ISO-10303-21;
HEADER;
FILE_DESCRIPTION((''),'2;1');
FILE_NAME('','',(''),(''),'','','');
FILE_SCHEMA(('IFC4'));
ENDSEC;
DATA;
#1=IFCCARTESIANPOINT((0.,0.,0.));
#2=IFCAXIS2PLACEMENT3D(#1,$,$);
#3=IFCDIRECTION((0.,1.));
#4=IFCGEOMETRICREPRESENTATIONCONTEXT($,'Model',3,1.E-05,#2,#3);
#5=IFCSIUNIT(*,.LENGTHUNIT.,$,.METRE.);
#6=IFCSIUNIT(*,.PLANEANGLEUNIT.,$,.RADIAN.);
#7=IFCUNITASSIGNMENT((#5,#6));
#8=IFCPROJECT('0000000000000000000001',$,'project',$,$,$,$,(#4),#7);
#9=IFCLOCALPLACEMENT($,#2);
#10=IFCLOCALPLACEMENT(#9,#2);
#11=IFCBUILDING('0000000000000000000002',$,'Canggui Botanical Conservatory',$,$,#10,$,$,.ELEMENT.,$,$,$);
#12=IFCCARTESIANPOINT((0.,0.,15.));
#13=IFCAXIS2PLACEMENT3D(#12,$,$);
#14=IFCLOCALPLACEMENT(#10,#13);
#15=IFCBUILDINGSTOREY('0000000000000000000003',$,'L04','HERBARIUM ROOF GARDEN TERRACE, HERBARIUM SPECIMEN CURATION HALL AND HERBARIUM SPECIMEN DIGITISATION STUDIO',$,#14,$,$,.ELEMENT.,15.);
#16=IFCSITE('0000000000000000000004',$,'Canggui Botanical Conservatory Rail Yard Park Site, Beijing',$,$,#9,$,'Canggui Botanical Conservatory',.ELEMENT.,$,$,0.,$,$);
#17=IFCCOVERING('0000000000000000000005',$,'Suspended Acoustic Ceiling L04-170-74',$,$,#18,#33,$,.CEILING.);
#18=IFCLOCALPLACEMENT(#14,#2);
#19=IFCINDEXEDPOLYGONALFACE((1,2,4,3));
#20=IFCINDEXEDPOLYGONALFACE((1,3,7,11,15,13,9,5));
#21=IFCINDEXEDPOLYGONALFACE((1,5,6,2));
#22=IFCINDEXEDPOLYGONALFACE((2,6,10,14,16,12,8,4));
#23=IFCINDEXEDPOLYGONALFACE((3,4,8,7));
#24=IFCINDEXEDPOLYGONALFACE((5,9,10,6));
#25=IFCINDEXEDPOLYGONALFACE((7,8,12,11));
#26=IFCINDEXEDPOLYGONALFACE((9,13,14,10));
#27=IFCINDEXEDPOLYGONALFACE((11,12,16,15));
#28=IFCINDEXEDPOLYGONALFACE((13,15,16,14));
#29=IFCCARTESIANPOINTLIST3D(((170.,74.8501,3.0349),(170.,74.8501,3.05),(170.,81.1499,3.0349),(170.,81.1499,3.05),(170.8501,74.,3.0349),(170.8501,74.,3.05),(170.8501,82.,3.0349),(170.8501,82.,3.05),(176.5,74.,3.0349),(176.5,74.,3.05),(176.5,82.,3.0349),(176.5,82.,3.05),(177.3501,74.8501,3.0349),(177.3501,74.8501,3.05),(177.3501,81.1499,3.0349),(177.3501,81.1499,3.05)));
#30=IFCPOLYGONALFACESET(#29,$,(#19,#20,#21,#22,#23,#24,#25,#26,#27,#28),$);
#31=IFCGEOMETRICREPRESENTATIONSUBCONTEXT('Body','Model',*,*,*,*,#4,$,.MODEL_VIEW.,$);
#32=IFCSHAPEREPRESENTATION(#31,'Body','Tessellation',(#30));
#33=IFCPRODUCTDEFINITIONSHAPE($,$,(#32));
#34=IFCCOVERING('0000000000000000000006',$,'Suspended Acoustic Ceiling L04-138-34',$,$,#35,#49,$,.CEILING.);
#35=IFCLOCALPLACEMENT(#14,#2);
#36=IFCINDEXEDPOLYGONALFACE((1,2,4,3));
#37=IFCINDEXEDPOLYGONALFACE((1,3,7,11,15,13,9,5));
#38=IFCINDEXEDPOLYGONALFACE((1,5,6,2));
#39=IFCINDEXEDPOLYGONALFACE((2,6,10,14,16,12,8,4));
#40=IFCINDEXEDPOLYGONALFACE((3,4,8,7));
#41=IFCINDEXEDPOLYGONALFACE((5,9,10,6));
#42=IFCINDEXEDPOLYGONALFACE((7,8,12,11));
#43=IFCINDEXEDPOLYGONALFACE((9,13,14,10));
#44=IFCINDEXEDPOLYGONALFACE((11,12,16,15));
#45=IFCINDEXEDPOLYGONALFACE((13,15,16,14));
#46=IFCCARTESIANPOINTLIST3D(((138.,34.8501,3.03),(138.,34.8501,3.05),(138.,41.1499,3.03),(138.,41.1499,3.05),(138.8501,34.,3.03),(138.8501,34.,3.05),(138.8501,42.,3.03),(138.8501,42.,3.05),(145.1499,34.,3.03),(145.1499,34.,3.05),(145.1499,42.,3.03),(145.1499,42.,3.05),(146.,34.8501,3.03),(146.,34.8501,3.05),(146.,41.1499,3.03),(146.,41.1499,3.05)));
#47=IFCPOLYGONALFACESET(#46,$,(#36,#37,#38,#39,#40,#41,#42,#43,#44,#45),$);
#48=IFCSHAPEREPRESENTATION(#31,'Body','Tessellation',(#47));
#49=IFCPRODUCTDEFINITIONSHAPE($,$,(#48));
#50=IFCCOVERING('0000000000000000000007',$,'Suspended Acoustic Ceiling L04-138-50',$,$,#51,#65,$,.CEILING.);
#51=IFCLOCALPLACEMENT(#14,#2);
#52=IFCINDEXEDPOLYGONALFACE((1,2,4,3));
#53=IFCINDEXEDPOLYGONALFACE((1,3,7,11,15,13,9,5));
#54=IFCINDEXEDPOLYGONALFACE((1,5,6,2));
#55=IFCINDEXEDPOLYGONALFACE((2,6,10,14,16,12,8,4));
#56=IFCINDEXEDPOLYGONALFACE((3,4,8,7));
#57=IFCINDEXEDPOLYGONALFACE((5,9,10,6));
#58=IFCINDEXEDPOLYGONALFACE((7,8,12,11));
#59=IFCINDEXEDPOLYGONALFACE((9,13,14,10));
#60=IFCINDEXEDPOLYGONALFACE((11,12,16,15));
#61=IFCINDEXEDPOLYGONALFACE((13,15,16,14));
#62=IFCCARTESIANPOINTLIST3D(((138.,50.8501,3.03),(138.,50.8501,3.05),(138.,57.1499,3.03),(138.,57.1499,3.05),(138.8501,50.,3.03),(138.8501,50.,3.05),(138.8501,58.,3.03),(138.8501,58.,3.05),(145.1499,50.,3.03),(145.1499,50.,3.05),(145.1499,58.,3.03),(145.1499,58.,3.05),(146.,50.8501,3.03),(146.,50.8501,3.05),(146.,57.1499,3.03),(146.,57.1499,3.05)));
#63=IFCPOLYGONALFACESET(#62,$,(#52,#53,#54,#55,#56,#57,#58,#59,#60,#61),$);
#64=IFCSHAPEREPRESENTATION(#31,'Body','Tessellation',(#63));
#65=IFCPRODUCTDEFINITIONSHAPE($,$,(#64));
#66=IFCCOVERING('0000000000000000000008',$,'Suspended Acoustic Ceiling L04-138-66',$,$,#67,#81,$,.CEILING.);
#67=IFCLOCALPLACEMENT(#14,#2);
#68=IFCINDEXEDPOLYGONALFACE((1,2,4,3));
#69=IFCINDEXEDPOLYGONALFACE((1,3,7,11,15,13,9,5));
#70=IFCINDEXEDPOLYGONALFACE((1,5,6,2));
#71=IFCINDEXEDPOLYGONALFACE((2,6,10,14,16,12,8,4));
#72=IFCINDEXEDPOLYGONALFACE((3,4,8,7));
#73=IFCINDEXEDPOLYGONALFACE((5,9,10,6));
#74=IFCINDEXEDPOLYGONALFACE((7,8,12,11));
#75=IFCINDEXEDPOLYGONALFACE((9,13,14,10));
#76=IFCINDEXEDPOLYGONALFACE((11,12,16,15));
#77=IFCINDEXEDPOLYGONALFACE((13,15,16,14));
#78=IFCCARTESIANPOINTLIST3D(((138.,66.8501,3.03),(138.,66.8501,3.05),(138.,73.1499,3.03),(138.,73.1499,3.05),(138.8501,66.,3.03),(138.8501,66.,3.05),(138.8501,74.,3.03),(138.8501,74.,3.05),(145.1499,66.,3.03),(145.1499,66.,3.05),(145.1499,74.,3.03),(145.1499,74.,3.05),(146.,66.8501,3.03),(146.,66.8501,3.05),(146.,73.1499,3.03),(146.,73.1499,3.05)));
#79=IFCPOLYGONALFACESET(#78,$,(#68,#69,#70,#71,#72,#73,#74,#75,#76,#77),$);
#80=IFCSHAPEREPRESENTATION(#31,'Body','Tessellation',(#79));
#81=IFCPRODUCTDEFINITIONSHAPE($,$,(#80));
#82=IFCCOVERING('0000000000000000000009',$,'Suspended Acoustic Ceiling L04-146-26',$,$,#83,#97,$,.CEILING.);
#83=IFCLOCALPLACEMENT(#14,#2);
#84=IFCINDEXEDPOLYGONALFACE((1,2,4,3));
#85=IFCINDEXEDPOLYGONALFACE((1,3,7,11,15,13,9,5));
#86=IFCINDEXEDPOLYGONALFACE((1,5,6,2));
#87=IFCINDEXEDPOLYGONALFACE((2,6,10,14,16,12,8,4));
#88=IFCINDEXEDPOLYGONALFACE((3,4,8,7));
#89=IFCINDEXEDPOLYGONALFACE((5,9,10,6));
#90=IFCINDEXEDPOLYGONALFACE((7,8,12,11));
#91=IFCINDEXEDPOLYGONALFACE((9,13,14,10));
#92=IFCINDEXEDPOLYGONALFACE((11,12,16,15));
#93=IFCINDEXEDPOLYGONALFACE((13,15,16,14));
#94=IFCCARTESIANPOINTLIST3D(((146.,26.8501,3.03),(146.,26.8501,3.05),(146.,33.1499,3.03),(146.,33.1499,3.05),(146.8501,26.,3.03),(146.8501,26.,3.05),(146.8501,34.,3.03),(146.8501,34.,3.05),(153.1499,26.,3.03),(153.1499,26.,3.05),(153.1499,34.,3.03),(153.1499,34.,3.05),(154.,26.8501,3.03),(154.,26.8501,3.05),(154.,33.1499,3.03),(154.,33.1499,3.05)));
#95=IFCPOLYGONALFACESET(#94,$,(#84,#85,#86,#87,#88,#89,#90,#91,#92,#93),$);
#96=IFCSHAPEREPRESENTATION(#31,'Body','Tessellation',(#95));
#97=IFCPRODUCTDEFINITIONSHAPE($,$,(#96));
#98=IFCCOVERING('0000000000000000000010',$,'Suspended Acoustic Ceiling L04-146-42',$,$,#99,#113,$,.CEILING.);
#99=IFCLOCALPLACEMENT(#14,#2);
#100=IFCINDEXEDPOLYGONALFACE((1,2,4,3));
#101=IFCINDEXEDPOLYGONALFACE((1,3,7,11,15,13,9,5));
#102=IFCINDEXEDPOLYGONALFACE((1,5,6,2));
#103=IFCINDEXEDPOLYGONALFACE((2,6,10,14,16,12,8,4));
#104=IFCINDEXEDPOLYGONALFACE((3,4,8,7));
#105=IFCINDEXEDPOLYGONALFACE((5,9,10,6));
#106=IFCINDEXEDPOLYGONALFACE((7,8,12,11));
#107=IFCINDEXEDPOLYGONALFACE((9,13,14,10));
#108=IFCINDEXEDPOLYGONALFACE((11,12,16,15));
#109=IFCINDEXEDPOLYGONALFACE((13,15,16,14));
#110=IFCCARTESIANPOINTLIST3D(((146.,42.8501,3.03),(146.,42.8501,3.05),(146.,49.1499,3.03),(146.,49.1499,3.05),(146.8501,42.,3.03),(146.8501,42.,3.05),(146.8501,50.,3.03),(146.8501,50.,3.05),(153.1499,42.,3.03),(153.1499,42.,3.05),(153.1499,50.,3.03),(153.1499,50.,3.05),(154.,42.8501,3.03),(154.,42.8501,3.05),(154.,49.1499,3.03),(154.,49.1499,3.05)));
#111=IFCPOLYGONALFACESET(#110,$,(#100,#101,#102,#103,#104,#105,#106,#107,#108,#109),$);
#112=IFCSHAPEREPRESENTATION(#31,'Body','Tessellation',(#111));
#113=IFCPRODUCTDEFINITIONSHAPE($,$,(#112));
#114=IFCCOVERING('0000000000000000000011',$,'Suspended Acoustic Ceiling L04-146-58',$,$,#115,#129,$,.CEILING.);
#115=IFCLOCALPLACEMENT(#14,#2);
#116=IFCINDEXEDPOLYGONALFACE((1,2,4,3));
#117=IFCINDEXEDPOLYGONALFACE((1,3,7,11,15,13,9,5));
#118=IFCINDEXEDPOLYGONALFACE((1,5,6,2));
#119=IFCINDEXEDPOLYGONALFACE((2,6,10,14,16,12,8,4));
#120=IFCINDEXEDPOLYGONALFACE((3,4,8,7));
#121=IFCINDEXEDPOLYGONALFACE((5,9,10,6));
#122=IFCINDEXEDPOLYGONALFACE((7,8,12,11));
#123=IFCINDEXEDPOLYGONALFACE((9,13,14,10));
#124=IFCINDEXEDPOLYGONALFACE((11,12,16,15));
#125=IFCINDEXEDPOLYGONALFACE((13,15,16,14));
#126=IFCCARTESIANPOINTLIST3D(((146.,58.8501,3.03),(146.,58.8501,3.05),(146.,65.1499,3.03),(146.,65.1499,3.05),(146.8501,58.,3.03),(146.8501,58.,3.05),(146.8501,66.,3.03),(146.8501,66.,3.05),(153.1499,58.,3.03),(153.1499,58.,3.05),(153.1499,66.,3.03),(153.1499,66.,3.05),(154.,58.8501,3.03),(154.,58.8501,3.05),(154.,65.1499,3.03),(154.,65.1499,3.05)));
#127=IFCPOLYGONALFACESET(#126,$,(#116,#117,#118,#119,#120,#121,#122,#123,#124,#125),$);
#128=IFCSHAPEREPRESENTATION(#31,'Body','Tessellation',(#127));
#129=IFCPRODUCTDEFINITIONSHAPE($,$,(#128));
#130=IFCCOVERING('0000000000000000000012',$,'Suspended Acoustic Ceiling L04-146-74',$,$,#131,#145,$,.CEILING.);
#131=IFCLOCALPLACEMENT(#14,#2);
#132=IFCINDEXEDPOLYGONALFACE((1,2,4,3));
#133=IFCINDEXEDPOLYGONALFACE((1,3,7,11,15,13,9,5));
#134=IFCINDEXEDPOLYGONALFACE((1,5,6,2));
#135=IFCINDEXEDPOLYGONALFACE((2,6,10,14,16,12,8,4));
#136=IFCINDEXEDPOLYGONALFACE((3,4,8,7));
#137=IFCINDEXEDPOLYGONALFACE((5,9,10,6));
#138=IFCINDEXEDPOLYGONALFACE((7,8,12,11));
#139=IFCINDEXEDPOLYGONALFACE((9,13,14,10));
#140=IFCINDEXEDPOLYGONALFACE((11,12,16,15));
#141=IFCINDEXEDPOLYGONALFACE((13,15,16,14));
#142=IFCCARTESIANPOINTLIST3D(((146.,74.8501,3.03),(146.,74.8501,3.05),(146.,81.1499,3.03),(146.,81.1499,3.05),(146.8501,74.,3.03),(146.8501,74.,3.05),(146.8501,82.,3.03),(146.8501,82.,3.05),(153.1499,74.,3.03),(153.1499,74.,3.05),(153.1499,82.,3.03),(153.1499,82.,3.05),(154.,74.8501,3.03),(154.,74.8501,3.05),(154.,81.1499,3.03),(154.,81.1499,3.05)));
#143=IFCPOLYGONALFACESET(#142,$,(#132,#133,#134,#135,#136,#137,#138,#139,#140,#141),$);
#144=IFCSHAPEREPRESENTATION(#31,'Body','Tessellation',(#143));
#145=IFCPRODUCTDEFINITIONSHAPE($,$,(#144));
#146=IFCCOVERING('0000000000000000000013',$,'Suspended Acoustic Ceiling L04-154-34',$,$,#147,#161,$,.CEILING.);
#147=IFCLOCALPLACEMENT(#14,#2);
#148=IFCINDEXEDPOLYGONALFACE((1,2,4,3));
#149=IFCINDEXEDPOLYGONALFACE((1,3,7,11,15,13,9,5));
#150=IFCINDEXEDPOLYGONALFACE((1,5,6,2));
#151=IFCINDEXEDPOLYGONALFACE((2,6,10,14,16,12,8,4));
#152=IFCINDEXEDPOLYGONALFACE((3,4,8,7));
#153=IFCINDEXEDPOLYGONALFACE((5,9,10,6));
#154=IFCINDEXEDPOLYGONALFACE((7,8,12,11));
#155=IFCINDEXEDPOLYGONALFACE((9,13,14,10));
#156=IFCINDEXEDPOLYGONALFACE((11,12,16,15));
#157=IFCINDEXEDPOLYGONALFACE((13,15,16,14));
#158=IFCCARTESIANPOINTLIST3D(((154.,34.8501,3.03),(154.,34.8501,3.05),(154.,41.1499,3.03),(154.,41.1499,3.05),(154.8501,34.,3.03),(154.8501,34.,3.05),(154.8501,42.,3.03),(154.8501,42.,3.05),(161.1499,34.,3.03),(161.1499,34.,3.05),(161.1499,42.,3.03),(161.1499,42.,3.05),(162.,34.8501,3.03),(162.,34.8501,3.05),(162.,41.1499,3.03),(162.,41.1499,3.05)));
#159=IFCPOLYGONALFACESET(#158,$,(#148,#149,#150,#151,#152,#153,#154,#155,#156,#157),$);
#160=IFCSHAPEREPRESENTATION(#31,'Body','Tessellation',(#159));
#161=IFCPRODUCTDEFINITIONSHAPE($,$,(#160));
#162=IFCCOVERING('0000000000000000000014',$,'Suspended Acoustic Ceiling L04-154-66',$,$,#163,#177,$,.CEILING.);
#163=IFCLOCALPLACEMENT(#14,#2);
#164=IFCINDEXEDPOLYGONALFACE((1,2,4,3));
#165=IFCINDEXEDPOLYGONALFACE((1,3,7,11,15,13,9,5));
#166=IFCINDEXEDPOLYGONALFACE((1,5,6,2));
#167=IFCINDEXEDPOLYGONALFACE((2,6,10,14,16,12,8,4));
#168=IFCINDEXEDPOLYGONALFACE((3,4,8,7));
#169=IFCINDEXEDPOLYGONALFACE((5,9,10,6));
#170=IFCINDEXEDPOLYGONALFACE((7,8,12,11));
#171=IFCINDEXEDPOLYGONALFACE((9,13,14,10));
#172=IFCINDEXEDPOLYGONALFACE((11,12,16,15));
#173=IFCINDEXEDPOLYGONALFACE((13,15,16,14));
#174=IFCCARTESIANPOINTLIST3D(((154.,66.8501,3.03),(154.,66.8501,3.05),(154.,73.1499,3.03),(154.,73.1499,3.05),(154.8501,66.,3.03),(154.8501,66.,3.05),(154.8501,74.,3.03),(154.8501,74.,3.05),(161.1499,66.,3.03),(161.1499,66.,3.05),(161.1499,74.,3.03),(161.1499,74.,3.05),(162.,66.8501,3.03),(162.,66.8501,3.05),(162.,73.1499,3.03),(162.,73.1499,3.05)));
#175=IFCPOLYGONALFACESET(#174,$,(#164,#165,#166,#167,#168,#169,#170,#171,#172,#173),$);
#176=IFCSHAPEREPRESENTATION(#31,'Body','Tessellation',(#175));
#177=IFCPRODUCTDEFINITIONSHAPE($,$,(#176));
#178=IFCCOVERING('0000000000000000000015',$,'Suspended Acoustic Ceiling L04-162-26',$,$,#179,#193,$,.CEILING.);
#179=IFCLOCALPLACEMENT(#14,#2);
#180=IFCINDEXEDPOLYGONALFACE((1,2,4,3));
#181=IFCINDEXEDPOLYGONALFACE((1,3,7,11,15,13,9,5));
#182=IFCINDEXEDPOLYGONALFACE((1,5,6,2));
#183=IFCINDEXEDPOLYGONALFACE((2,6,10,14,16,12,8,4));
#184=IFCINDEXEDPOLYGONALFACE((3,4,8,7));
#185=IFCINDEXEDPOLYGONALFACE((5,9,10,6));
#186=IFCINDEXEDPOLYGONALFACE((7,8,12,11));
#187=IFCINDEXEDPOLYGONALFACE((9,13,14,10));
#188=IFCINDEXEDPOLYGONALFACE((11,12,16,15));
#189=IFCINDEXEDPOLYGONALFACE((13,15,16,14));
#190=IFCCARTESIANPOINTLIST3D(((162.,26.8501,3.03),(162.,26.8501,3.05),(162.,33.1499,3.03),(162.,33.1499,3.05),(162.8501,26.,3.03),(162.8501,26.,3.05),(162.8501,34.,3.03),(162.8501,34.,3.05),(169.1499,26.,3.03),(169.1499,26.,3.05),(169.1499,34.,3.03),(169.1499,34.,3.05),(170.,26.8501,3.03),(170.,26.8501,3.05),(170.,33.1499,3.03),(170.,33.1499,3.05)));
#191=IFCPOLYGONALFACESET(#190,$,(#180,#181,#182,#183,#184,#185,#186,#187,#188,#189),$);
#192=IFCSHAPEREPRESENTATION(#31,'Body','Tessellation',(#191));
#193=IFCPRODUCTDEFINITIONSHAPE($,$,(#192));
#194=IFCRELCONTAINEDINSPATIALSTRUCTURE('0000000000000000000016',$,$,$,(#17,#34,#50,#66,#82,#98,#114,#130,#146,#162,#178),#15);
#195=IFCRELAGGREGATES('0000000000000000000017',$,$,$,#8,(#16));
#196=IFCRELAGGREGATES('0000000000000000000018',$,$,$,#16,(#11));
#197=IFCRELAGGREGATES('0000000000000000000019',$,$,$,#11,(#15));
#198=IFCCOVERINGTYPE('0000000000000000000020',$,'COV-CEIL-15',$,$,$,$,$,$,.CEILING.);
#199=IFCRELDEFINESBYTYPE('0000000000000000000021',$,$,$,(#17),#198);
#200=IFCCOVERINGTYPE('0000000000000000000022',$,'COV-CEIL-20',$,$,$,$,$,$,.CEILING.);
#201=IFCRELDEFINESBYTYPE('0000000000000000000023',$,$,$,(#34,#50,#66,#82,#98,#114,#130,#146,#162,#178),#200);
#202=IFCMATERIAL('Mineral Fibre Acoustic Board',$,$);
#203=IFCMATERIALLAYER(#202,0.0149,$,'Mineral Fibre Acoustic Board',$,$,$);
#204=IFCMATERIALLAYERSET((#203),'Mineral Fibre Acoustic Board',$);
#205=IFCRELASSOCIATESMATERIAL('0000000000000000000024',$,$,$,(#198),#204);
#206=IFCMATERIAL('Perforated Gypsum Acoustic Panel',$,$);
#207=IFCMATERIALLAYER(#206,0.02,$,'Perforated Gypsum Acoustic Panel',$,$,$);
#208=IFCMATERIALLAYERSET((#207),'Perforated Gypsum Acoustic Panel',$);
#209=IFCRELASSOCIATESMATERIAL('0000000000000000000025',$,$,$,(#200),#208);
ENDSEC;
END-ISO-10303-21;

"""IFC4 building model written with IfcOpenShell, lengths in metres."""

from ifc_helpers import new_model, si_unit, direction, frame, origin, place, context, subcontext, project, spatial, polyline, outline, extrude, material, layer, layer_set, type_object, element, save


model = new_model("IFC4")

# Units and contexts
model_context = context("Model", 3, precision=1e-05, world=origin(), true_north=direction((0.0, 1.0)))
body_context = subcontext(model_context, "Body", "Model", "MODEL_VIEW")
ifc_project = project(units=[si_unit("LENGTHUNIT", "METRE"), si_unit("PLANEANGLEUNIT", "RADIAN")], contexts=[model_context])

# Site, building, storey
site_placement = place(None, origin())
site = spatial("IfcSite", under=ifc_project, at=site_placement, Name="Canggui Botanical Conservatory Rail Yard Park Site, Beijing", LongName="Canggui Botanical Conservatory", CompositionType="ELEMENT", RefElevation=0.0)
building_placement = place(site_placement, origin())
building = spatial("IfcBuilding", under=site, at=building_placement, Name="Canggui Botanical Conservatory", CompositionType="ELEMENT")
storey_placement = place(building_placement, frame((0.0, 0.0, 15.0)))
storey = spatial("IfcBuildingStorey", under=building, at=storey_placement, Name="L04", Description="HERBARIUM ROOF GARDEN TERRACE, HERBARIUM SPECIMEN CURATION HALL AND HERBARIUM SPECIMEN DIGITISATION STUDIO", CompositionType="ELEMENT", Elevation=15.0)

# Coverings
ifc_material_1 = material(Name="Mineral Fibre Acoustic Board")
ifc_layer_1 = layer(ifc_material_1, 0.0149, Name="Mineral Fibre Acoustic Board")
ifc_layer_set_1 = layer_set([ifc_layer_1], Name="Mineral Fibre Acoustic Board")
covering_type_1 = type_object("IfcCoveringType", Name="COV-CEIL-15", PredefinedType="CEILING", material=ifc_layer_set_1)
covering_1_placement = place(storey_placement, frame((0.0, 0.0, 3.0349)))
element("IfcCovering", 1, at=covering_1_placement, inside=storey, type_object=covering_type_1, Name="Suspended Acoustic Ceiling L04-170-74", PredefinedType="CEILING", context=body_context, shape_type="SweptSolid", body=[
    extrude(outline(polyline([(170.8501, 74.0), (176.5, 74.0), (177.3501, 74.8501), (177.3501, 81.1499), (176.5, 82.0), (170.8501, 82.0), (170.0, 81.1499), (170.0, 74.8501), (170.8501, 74.0)])), origin(), (0.0, 0.0, 1.0), 0.0151),
])
ifc_material_2 = material(Name="Perforated Gypsum Acoustic Panel")
ifc_layer_2 = layer(ifc_material_2, 0.02, Name="Perforated Gypsum Acoustic Panel")
ifc_layer_set_2 = layer_set([ifc_layer_2], Name="Perforated Gypsum Acoustic Panel")
covering_type_2 = type_object("IfcCoveringType", Name="COV-CEIL-20", PredefinedType="CEILING", material=ifc_layer_set_2)
covering_2_placement = place(storey_placement, frame((0.0, 0.0, 3.03)))
element("IfcCovering", 2, at=covering_2_placement, inside=storey, type_object=covering_type_2, Name="Suspended Acoustic Ceiling L04-138-34", PredefinedType="CEILING", context=body_context, shape_type="SweptSolid", body=[
    extrude(outline(polyline([(138.8501, 34.0), (145.1499, 34.0), (146.0, 34.8501), (146.0, 41.1499), (145.1499, 42.0), (138.8501, 42.0), (138.0, 41.1499), (138.0, 34.8501), (138.8501, 34.0)])), origin(), (0.0, 0.0, 1.0), 0.02),
])
covering_3_placement = place(storey_placement, frame((0.0, 0.0, 3.03)))
element("IfcCovering", 3, at=covering_3_placement, inside=storey, type_object=covering_type_2, Name="Suspended Acoustic Ceiling L04-138-50", PredefinedType="CEILING", context=body_context, shape_type="SweptSolid", body=[
    extrude(outline(polyline([(138.8501, 50.0), (145.1499, 50.0), (146.0, 50.8501), (146.0, 57.1499), (145.1499, 58.0), (138.8501, 58.0), (138.0, 57.1499), (138.0, 50.8501), (138.8501, 50.0)])), origin(), (0.0, 0.0, 1.0), 0.02),
])
covering_4_placement = place(storey_placement, frame((0.0, 0.0, 3.03)))
element("IfcCovering", 4, at=covering_4_placement, inside=storey, type_object=covering_type_2, Name="Suspended Acoustic Ceiling L04-138-66", PredefinedType="CEILING", context=body_context, shape_type="SweptSolid", body=[
    extrude(outline(polyline([(138.8501, 66.0), (145.1499, 66.0), (146.0, 66.8501), (146.0, 73.1499), (145.1499, 74.0), (138.8501, 74.0), (138.0, 73.1499), (138.0, 66.8501), (138.8501, 66.0)])), origin(), (0.0, 0.0, 1.0), 0.02),
])
covering_5_placement = place(storey_placement, frame((0.0, 0.0, 3.03)))
element("IfcCovering", 5, at=covering_5_placement, inside=storey, type_object=covering_type_2, Name="Suspended Acoustic Ceiling L04-146-26", PredefinedType="CEILING", context=body_context, shape_type="SweptSolid", body=[
    extrude(outline(polyline([(146.8501, 26.0), (153.1499, 26.0), (154.0, 26.8501), (154.0, 33.1499), (153.1499, 34.0), (146.8501, 34.0), (146.0, 33.1499), (146.0, 26.8501), (146.8501, 26.0)])), origin(), (0.0, 0.0, 1.0), 0.02),
])
covering_6_placement = place(storey_placement, frame((0.0, 0.0, 3.03)))
element("IfcCovering", 6, at=covering_6_placement, inside=storey, type_object=covering_type_2, Name="Suspended Acoustic Ceiling L04-146-42", PredefinedType="CEILING", context=body_context, shape_type="SweptSolid", body=[
    extrude(outline(polyline([(146.8501, 42.0), (153.1499, 42.0), (154.0, 42.8501), (154.0, 49.1499), (153.1499, 50.0), (146.8501, 50.0), (146.0, 49.1499), (146.0, 42.8501), (146.8501, 42.0)])), origin(), (0.0, 0.0, 1.0), 0.02),
])
covering_7_placement = place(storey_placement, frame((0.0, 0.0, 3.03)))
element("IfcCovering", 7, at=covering_7_placement, inside=storey, type_object=covering_type_2, Name="Suspended Acoustic Ceiling L04-146-58", PredefinedType="CEILING", context=body_context, shape_type="SweptSolid", body=[
    extrude(outline(polyline([(146.8501, 58.0), (153.1499, 58.0), (154.0, 58.8501), (154.0, 65.1499), (153.1499, 66.0), (146.8501, 66.0), (146.0, 65.1499), (146.0, 58.8501), (146.8501, 58.0)])), origin(), (0.0, 0.0, 1.0), 0.02),
])
covering_8_placement = place(storey_placement, frame((0.0, 0.0, 3.03)))
element("IfcCovering", 8, at=covering_8_placement, inside=storey, type_object=covering_type_2, Name="Suspended Acoustic Ceiling L04-146-74", PredefinedType="CEILING", context=body_context, shape_type="SweptSolid", body=[
    extrude(outline(polyline([(146.8501, 74.0), (153.1499, 74.0), (154.0, 74.8501), (154.0, 81.1499), (153.1499, 82.0), (146.8501, 82.0), (146.0, 81.1499), (146.0, 74.8501), (146.8501, 74.0)])), origin(), (0.0, 0.0, 1.0), 0.02),
])
covering_9_placement = place(storey_placement, frame((0.0, 0.0, 3.03)))
element("IfcCovering", 9, at=covering_9_placement, inside=storey, type_object=covering_type_2, Name="Suspended Acoustic Ceiling L04-154-34", PredefinedType="CEILING", context=body_context, shape_type="SweptSolid", body=[
    extrude(outline(polyline([(154.8501, 34.0), (161.1499, 34.0), (162.0, 34.8501), (162.0, 41.1499), (161.1499, 42.0), (154.8501, 42.0), (154.0, 41.1499), (154.0, 34.8501), (154.8501, 34.0)])), origin(), (0.0, 0.0, 1.0), 0.02),
])
covering_10_placement = place(storey_placement, frame((0.0, 0.0, 3.03)))
element("IfcCovering", 10, at=covering_10_placement, inside=storey, type_object=covering_type_2, Name="Suspended Acoustic Ceiling L04-154-66", PredefinedType="CEILING", context=body_context, shape_type="SweptSolid", body=[
    extrude(outline(polyline([(154.8501, 66.0), (161.1499, 66.0), (162.0, 66.8501), (162.0, 73.1499), (161.1499, 74.0), (154.8501, 74.0), (154.0, 73.1499), (154.0, 66.8501), (154.8501, 66.0)])), origin(), (0.0, 0.0, 1.0), 0.02),
])
covering_11_placement = place(storey_placement, frame((0.0, 0.0, 3.03)))
element("IfcCovering", 11, at=covering_11_placement, inside=storey, type_object=covering_type_2, Name="Suspended Acoustic Ceiling L04-162-26", PredefinedType="CEILING", context=body_context, shape_type="SweptSolid", body=[
    extrude(outline(polyline([(162.8501, 26.0), (169.1499, 26.0), (170.0, 26.8501), (170.0, 33.1499), (169.1499, 34.0), (162.8501, 34.0), (162.0, 33.1499), (162.0, 26.8501), (162.8501, 26.0)])), origin(), (0.0, 0.0, 1.0), 0.02),
])

save(model, "model.ifc")
